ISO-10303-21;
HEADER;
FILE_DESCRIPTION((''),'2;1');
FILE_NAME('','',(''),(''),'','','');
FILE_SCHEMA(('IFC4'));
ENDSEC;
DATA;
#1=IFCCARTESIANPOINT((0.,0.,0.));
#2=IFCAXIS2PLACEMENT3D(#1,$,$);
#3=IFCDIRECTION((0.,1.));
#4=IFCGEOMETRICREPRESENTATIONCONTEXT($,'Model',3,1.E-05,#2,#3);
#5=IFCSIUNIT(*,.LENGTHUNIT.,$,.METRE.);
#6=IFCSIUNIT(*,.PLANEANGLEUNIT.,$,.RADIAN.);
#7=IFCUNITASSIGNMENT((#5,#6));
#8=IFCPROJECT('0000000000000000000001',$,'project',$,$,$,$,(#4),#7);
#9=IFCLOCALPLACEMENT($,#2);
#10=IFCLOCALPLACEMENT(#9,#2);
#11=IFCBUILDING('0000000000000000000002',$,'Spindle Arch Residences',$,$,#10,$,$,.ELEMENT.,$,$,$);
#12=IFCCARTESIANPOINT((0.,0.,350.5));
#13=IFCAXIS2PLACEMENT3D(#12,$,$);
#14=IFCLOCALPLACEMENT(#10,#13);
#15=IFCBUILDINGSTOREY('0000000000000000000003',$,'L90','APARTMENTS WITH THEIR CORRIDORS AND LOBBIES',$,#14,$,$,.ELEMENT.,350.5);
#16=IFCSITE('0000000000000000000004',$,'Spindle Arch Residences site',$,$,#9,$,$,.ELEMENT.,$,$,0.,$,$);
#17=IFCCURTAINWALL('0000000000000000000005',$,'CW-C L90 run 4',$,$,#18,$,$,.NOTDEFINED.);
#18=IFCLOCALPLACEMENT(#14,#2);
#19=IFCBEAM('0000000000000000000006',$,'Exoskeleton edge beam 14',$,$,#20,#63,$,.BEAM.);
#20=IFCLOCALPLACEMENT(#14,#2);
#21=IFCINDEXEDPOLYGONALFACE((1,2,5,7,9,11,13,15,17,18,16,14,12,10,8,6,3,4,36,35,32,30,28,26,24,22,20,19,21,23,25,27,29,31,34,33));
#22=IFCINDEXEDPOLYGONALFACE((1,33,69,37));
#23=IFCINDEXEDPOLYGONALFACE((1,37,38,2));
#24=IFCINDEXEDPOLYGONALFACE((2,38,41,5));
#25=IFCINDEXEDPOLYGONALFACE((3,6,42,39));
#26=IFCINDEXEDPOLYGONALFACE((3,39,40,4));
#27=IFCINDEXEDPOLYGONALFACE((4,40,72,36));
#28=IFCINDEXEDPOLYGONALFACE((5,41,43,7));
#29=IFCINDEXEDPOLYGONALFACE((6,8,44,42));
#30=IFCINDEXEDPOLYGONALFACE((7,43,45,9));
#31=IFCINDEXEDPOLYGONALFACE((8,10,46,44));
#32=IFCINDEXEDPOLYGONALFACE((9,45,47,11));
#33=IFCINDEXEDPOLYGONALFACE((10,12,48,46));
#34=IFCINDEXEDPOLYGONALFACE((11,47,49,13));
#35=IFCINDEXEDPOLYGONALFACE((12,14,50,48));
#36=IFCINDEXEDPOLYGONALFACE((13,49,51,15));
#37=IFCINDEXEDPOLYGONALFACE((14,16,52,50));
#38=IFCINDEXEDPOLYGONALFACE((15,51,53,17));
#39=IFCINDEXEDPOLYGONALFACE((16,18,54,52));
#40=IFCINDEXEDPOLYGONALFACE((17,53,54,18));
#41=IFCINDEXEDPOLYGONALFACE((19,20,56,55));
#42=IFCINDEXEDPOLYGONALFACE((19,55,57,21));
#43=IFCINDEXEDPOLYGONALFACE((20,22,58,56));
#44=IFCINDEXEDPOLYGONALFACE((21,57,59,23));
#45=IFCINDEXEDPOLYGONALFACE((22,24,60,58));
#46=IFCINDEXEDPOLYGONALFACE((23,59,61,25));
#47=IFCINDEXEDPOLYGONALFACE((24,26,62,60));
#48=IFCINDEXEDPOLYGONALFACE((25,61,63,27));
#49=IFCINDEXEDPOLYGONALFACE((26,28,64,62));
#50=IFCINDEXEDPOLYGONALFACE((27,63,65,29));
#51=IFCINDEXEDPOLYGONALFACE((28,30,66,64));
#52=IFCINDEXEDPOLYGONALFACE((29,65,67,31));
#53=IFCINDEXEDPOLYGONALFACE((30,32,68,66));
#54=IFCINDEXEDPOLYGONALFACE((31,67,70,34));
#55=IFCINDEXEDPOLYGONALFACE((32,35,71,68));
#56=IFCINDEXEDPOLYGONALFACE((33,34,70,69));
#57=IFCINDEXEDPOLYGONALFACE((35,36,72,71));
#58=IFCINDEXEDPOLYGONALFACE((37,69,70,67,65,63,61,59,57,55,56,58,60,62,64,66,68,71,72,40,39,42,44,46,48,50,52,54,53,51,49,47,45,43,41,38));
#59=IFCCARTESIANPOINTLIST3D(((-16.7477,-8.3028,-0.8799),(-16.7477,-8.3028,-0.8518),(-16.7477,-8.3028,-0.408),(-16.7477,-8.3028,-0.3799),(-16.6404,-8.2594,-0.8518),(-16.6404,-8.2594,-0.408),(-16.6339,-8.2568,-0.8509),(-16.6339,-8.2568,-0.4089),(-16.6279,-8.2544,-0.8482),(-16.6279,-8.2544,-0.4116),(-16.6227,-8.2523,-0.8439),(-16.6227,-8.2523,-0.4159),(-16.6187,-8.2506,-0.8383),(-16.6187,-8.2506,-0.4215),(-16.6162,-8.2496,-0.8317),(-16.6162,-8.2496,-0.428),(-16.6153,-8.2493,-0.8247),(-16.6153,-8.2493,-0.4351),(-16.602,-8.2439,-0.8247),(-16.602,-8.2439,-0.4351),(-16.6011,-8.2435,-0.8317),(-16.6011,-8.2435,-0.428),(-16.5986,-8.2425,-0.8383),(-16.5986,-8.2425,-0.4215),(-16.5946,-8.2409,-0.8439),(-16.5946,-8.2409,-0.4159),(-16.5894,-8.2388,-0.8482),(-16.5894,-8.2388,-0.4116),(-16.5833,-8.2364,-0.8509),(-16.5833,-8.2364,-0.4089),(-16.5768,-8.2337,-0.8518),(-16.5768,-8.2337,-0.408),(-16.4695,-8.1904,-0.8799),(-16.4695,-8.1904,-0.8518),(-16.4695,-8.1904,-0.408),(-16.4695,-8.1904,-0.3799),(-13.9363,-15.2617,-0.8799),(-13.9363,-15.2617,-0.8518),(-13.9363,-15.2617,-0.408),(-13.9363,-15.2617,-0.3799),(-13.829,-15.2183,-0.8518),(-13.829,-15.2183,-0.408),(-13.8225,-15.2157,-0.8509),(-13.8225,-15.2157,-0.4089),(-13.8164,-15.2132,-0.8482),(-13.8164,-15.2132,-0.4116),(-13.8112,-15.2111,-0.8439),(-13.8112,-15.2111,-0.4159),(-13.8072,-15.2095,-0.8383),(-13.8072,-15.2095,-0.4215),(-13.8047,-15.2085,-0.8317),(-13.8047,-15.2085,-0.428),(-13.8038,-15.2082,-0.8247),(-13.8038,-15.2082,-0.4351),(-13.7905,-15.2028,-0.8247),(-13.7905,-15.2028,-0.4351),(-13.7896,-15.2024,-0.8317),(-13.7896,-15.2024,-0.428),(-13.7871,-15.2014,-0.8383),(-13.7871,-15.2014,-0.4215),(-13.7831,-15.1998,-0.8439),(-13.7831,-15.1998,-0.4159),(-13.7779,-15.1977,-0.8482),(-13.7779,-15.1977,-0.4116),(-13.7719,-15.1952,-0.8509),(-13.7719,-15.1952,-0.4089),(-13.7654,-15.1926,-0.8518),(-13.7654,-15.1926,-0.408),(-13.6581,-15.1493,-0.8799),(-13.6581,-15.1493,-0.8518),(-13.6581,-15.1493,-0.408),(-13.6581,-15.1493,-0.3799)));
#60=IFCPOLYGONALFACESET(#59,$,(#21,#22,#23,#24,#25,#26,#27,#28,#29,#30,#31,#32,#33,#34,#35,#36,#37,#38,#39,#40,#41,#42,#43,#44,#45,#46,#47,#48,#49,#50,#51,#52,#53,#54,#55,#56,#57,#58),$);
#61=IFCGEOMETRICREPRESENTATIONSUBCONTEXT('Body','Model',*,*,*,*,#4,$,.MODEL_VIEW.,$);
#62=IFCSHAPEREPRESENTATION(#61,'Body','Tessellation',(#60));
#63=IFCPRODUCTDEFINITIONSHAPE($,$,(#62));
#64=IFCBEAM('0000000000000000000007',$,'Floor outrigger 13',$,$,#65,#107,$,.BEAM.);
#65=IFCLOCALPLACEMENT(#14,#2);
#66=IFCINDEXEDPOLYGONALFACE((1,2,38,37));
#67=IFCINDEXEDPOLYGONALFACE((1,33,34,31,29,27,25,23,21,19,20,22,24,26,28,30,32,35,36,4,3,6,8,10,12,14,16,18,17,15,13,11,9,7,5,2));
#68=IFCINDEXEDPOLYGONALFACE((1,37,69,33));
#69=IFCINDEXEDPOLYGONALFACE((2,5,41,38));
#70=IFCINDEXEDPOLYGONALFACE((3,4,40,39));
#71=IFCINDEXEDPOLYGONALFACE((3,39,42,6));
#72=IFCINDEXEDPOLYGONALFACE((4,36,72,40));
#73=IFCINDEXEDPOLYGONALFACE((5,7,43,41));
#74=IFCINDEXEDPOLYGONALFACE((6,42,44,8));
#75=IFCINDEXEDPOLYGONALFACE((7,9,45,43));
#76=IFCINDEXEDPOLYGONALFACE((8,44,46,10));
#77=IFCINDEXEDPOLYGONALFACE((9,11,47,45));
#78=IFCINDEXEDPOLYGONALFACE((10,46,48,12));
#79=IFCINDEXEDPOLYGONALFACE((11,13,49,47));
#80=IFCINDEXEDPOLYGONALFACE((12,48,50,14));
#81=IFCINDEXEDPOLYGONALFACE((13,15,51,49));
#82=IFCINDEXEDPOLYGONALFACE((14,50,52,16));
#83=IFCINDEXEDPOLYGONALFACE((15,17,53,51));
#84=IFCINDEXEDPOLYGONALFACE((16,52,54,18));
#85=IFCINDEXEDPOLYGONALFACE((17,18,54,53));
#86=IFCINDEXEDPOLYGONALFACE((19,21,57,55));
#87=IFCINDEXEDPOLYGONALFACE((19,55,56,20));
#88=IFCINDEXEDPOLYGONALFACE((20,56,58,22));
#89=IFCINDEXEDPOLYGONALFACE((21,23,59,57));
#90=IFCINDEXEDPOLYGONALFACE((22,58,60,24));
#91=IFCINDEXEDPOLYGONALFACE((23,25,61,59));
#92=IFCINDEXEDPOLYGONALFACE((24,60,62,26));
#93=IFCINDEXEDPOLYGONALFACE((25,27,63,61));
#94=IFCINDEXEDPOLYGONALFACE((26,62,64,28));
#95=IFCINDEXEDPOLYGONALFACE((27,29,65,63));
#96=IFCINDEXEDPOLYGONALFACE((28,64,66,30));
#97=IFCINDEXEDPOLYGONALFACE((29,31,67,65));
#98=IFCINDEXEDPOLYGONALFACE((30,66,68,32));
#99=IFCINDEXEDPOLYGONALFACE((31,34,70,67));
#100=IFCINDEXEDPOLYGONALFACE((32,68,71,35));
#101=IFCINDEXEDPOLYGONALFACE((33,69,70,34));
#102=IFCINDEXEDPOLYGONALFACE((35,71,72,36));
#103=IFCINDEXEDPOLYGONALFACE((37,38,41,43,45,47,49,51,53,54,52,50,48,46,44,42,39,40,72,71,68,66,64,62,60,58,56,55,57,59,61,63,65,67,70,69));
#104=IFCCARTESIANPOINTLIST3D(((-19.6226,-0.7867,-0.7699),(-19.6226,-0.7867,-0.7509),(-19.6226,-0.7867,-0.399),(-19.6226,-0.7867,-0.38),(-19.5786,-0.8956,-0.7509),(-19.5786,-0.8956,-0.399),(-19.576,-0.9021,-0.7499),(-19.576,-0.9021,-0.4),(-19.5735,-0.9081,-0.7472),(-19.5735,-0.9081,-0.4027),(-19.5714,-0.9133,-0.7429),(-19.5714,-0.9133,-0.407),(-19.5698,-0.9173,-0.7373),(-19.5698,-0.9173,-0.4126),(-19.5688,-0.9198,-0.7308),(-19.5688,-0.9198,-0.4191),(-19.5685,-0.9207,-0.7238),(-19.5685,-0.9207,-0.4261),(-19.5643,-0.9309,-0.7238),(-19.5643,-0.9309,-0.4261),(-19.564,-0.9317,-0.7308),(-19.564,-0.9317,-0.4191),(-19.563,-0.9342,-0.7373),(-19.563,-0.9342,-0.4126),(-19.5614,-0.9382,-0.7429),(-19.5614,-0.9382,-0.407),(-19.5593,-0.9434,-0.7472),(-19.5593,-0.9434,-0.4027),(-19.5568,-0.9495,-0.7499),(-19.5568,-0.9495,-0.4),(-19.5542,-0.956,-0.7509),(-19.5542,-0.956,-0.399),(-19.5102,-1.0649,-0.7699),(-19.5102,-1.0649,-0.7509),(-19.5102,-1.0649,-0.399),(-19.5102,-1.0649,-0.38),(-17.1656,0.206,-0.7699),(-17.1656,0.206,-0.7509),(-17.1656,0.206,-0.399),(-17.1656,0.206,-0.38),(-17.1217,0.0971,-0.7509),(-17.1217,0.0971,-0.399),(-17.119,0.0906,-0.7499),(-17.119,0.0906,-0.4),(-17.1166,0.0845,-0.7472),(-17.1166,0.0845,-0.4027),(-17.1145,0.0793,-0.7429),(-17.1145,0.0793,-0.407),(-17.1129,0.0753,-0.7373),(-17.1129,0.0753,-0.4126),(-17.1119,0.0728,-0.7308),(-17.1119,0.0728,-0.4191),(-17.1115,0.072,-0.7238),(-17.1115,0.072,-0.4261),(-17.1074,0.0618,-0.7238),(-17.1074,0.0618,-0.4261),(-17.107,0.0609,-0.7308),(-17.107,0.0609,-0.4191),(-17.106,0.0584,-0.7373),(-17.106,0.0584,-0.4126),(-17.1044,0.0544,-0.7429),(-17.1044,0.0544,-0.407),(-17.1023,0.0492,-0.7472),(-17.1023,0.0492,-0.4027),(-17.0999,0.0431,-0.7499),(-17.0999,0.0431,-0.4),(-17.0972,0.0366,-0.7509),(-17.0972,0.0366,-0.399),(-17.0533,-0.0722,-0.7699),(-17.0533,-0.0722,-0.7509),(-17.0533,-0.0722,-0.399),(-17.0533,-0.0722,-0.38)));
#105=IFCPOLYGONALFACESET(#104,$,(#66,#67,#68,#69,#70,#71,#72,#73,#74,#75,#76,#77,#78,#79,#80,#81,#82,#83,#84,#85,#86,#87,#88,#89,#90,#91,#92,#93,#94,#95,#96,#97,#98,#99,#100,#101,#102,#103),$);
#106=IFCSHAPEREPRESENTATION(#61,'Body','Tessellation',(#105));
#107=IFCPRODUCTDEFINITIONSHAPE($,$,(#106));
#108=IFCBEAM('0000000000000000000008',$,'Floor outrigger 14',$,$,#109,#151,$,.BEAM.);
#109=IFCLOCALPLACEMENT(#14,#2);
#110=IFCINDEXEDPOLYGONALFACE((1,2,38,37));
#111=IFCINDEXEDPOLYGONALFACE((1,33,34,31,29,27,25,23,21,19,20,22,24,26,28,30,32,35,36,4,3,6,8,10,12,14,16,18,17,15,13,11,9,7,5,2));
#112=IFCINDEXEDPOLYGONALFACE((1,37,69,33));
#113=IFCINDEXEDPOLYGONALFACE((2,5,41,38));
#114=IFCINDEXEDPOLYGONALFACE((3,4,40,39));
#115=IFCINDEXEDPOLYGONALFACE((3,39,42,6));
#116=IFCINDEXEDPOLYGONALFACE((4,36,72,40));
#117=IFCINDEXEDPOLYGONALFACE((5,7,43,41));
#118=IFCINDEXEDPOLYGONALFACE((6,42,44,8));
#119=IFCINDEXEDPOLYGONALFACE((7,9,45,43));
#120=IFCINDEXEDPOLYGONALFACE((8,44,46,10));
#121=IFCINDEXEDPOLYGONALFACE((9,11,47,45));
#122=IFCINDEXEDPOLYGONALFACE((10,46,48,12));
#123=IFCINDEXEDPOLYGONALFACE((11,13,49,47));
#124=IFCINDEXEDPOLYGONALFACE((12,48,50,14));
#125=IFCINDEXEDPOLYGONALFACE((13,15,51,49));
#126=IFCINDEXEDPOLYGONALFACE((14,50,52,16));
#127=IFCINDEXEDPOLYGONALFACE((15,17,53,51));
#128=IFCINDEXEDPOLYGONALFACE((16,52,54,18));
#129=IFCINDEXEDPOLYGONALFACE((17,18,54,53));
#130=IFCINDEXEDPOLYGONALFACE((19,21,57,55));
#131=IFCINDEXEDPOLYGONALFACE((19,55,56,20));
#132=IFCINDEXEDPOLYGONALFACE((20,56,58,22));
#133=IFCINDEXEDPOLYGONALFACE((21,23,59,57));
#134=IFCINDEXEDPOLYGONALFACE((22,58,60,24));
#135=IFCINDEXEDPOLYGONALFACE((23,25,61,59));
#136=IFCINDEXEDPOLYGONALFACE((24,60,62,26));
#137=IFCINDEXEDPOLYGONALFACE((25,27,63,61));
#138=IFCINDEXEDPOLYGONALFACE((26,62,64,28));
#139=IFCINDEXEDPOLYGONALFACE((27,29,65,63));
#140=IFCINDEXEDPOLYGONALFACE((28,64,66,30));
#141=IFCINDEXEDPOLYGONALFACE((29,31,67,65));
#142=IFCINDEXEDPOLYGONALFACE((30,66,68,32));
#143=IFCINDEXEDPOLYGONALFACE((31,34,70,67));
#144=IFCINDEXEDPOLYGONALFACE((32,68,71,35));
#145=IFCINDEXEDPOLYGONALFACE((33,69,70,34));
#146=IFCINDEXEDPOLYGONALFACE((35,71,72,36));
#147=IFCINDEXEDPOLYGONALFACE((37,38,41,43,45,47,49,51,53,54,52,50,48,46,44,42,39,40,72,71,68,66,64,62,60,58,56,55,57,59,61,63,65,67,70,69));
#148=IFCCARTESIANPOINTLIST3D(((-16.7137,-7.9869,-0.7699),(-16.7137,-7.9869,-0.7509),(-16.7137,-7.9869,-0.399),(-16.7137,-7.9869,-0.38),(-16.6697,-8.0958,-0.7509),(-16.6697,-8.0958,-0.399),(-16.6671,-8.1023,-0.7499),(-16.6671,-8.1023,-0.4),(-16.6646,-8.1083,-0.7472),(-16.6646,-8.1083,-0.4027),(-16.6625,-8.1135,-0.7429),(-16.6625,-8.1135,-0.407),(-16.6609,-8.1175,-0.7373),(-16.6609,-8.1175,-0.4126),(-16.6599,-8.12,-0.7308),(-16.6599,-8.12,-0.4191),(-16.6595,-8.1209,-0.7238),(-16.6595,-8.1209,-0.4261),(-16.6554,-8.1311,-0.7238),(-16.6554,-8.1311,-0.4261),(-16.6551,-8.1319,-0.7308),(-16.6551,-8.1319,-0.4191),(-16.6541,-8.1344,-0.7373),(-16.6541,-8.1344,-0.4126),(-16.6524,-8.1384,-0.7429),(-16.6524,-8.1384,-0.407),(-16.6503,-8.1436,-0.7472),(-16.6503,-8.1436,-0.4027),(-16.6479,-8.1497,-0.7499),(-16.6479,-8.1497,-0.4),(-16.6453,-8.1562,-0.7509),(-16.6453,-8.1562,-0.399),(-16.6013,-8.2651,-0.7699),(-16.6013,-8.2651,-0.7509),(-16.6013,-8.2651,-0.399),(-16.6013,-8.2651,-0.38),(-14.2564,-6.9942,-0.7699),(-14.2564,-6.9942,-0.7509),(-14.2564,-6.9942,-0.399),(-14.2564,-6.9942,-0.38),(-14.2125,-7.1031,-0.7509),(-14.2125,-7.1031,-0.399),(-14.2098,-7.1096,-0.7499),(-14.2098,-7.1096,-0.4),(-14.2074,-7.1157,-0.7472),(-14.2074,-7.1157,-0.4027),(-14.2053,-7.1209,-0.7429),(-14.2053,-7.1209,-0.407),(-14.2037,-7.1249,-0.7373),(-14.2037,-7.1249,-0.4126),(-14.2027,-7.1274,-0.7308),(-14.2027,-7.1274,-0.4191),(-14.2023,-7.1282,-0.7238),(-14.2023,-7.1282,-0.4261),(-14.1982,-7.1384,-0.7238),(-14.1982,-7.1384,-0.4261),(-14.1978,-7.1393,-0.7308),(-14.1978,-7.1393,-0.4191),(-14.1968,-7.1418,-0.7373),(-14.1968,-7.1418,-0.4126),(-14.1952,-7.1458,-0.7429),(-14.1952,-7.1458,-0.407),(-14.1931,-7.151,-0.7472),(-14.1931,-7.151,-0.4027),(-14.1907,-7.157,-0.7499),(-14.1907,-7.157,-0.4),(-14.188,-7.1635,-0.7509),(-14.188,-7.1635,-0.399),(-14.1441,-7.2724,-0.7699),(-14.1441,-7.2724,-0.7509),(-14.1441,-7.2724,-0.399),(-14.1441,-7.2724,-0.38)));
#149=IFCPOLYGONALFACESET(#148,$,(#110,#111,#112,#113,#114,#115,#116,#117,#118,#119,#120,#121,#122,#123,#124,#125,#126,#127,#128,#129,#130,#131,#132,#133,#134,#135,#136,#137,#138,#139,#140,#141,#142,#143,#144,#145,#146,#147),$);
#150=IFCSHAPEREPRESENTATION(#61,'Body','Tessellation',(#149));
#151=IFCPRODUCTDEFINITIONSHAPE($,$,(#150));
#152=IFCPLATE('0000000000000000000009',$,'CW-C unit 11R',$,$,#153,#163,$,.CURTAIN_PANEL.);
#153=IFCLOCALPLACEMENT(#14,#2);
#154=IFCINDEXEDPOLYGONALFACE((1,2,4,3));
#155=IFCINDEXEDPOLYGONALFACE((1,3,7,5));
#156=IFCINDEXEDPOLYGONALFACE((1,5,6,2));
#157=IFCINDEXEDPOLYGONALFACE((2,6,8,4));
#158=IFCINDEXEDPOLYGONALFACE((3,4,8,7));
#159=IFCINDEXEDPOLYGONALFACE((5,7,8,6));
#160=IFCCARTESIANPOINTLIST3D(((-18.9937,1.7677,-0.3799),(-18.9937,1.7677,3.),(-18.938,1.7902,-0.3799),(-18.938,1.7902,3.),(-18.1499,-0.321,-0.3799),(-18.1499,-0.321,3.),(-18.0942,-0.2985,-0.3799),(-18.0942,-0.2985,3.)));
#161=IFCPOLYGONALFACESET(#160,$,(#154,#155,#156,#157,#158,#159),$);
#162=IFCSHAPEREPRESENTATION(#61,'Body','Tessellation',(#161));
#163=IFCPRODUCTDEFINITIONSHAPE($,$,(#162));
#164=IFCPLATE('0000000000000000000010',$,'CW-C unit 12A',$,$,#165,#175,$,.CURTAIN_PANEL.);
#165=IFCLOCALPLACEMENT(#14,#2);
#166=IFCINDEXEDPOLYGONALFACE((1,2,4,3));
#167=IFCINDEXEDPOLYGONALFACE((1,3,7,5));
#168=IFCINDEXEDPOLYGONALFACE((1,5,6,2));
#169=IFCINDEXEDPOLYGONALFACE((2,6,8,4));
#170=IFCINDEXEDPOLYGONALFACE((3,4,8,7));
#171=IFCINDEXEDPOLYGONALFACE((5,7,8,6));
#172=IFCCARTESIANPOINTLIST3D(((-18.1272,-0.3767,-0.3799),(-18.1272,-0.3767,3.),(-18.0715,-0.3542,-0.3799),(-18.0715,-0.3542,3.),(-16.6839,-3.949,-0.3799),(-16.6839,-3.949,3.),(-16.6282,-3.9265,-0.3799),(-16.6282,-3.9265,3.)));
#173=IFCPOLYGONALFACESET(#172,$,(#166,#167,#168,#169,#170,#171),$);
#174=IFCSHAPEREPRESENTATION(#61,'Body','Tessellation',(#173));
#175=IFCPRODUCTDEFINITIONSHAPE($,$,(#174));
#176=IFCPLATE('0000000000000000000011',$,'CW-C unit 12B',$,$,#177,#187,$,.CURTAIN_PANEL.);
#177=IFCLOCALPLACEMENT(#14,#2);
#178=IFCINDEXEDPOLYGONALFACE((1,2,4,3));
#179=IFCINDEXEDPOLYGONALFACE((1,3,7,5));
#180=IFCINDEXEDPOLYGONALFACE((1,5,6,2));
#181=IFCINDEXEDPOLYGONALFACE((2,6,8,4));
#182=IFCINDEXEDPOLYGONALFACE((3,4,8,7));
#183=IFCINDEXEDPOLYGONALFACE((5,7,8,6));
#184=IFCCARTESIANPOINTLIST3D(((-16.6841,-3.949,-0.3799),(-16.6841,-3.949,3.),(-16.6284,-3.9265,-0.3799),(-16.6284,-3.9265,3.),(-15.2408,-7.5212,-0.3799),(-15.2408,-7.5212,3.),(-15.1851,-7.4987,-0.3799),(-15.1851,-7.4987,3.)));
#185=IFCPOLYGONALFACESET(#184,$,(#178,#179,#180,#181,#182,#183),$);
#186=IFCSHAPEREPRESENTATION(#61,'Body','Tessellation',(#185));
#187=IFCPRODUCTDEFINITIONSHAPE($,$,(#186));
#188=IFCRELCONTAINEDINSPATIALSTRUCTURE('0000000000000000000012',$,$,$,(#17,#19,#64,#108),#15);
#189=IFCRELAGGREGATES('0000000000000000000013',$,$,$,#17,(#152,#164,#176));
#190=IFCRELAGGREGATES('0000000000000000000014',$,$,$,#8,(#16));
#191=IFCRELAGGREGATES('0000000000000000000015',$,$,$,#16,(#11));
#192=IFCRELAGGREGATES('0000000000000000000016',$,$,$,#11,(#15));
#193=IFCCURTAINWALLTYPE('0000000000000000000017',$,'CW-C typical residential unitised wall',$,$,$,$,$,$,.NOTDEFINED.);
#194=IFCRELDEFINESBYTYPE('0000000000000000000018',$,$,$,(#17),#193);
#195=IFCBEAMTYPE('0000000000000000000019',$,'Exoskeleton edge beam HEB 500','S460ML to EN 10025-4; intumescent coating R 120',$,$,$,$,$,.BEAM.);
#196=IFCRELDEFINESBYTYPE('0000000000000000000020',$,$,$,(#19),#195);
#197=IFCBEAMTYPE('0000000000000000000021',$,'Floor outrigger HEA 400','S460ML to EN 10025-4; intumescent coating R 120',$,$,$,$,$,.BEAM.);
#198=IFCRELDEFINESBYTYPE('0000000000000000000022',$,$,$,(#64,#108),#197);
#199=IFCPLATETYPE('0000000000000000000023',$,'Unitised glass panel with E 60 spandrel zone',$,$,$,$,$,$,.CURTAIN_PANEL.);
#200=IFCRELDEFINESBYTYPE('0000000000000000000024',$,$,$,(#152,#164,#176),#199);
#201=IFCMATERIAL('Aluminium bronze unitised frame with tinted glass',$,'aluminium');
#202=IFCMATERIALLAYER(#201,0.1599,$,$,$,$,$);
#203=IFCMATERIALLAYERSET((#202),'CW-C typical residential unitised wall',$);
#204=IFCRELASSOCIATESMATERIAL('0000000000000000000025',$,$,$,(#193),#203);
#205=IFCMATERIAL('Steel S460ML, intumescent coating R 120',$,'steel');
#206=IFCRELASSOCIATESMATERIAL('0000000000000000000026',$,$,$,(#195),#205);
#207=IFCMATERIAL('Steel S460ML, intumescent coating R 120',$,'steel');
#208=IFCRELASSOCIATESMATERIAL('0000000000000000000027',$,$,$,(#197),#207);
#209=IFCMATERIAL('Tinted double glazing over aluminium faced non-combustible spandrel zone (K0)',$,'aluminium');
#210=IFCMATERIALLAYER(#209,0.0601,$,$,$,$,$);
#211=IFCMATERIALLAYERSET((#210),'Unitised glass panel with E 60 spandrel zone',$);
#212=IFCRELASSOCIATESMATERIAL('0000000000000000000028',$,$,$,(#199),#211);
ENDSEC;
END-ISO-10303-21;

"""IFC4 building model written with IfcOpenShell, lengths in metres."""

from ifc_helpers import new_model, si_unit, direction, frame, origin, origin_2d, place, context, subcontext, project, spatial, rectangle, i_section, extrude, material, layer, layer_set, material_profile, profile_set, type_object, element, aggregate, save


model = new_model("IFC4")

# Units and contexts
model_context = context("Model", 3, precision=1e-05, world=origin(), true_north=direction((0.0, 1.0)))
body_context = subcontext(model_context, "Body", "Model", "MODEL_VIEW")
ifc_project = project(units=[si_unit("LENGTHUNIT", "METRE"), si_unit("PLANEANGLEUNIT", "RADIAN")], contexts=[model_context])

# Site, building, storey
site_placement = place(None, origin())
site = spatial("IfcSite", under=ifc_project, at=site_placement, Name="Spindle Arch Residences site", CompositionType="ELEMENT", RefElevation=0.0)
building_placement = place(site_placement, origin())
building = spatial("IfcBuilding", under=site, at=building_placement, Name="Spindle Arch Residences", CompositionType="ELEMENT")
storey_placement = place(building_placement, frame((0.0, 0.0, 350.5)))
storey = spatial("IfcBuildingStorey", under=building, at=storey_placement, Name="L90", Description="APARTMENTS WITH THEIR CORRIDORS AND LOBBIES", CompositionType="ELEMENT", Elevation=350.5)

# Curtain wall
ifc_material_1 = material(Name="Aluminium bronze unitised frame with tinted glass", Category="aluminium")
ifc_layer_1 = layer(ifc_material_1, 0.1599)
ifc_layer_set_1 = layer_set([ifc_layer_1], Name="CW-C typical residential unitised wall")
curtain_wall_type = type_object("IfcCurtainWallType", Name="CW-C typical residential unitised wall", PredefinedType="NOTDEFINED", material=ifc_layer_set_1)
curtain_wall_placement = place(storey_placement, origin())
curtain_wall = element("IfcCurtainWall", 1, at=curtain_wall_placement, inside=storey, type_object=curtain_wall_type, Name="CW-C L90 run 4", PredefinedType="NOTDEFINED")

# Beams
ifc_material_2 = material(Name="Steel S460ML, intumescent coating R 120", Category="steel")
ifc_material_profile_1 = material_profile(ifc_material_2, i_section(OverallWidth=0.3, OverallDepth=0.5, WebThickness=0.0144, FlangeThickness=0.0281, FilletRadius=0.0271, at=origin_2d()), Name="HEB 500")
ifc_profile_set_1 = profile_set([ifc_material_profile_1], Name="Steel S460ML, intumescent coating R 120")
beam_type_1 = type_object("IfcBeamType", Name="Exoskeleton edge beam HEB 500", Description="S460ML to EN 10025-4; intumescent coating R 120", PredefinedType="BEAM", material=ifc_profile_set_1)
for number, where, z_axis, x_axis, name in (
    (2, (-16.6086, -8.2466, -0.6299), (0.374596, -0.927188, 0.0), (0.927188, 0.374596, 0.0), "Exoskeleton edge beam 14"),
):
    element("IfcBeam", number, at=place(storey_placement, frame(where, z_axis=z_axis, x_axis=x_axis)), inside=storey, type_object=beam_type_1, Name=name, PredefinedType="BEAM", context=body_context, shape_type="SweptSolid", body=[
        extrude(i_section(OverallWidth=0.3, OverallDepth=0.5, WebThickness=0.0144, FlangeThickness=0.0281, FilletRadius=0.0271, at=origin_2d()), origin(), (0.0, 0.0, 1.0), 7.5054),
    ])
ifc_material_3 = material(Name="Steel S460ML, intumescent coating R 120", Category="steel")
ifc_material_profile_2 = material_profile(ifc_material_3, i_section(OverallWidth=0.3, OverallDepth=0.3899, WebThickness=0.011, FlangeThickness=0.019, FilletRadius=0.0271, at=origin_2d()), Name="HEA 400")
ifc_profile_set_2 = profile_set([ifc_material_profile_2], Name="Steel S460ML, intumescent coating R 120")
beam_type_2 = type_object("IfcBeamType", Name="Floor outrigger HEA 400", Description="S460ML to EN 10025-4; intumescent coating R 120", PredefinedType="BEAM", material=ifc_profile_set_2)
beam_1_placement = place(storey_placement, frame((-19.5664, -0.9258, -0.575), z_axis=(0.927188, 0.374597, 0.0), x_axis=(-0.374597, 0.927188, 0.0)))
element("IfcBeam", 3, at=beam_1_placement, inside=storey, type_object=beam_type_2, Name="Floor outrigger 13", PredefinedType="BEAM", context=body_context, shape_type="SweptSolid", body=[
    extrude(i_section(OverallWidth=0.3, OverallDepth=0.3899, WebThickness=0.011, FlangeThickness=0.019, FilletRadius=0.0271, at=origin_2d()), origin(), (0.0, 0.0, 1.0), 2.6499),
])
beam_2_placement = place(storey_placement, frame((-16.6575, -8.126, -0.575), z_axis=(0.927201, 0.374565, 0.0), x_axis=(-0.374565, 0.927201, 0.0)))
element("IfcBeam", 4, at=beam_2_placement, inside=storey, type_object=beam_type_2, Name="Floor outrigger 14", PredefinedType="BEAM", context=body_context, shape_type="SweptSolid", body=[
    extrude(i_section(OverallWidth=0.3, OverallDepth=0.3899, WebThickness=0.011, FlangeThickness=0.019, FilletRadius=0.0271, at=origin_2d()), origin(), (0.0, 0.0, 1.0), 2.6501),
])

# Plates
ifc_material_4 = material(Name="Tinted double glazing over aluminium faced non-combustible spandrel zone (K0)", Category="aluminium")
ifc_layer_2 = layer(ifc_material_4, 0.0601)
ifc_layer_set_2 = layer_set([ifc_layer_2], Name="Unitised glass panel with E 60 spandrel zone")
plate_type = type_object("IfcPlateType", Name="Unitised glass panel with E 60 spandrel zone", PredefinedType="CURTAIN_PANEL", material=ifc_layer_set_2)
plate_1_placement = place(storey_placement, frame((-18.5439, 0.7346, -0.3799), z_axis=(0.0, 0.0, 1.0), x_axis=(0.374607, -0.927184, 0.0)))
plate_1 = element("IfcPlate", 5, at=plate_1_placement, type_object=plate_type, Name="CW-C unit 11R", PredefinedType="CURTAIN_PANEL", context=body_context, shape_type="SweptSolid", body=[
    extrude(rectangle(XDim=2.2527, YDim=0.0601, at=origin_2d()), origin(), (0.0, 0.0, 1.0), 3.3799),
])
plate_2_placement = place(storey_placement, frame((-17.3777, -2.1516, -0.3799), z_axis=(0.0, 0.0, 1.0), x_axis=(0.374607, -0.927184, 0.0)))
plate_2 = element("IfcPlate", 6, at=plate_2_placement, type_object=plate_type, Name="CW-C unit 12A", PredefinedType="CURTAIN_PANEL", context=body_context, shape_type="SweptSolid", body=[
    extrude(rectangle(XDim=3.8528, YDim=0.0601, at=origin_2d()), origin(), (0.0, 0.0, 1.0), 3.3799),
])
plate_3_placement = place(storey_placement, frame((-15.9346, -5.7239, -0.3799), z_axis=(0.0, 0.0, 1.0), x_axis=(0.374607, -0.927184, 0.0)))
plate_3 = element("IfcPlate", 7, at=plate_3_placement, type_object=plate_type, Name="CW-C unit 12B", PredefinedType="CURTAIN_PANEL", context=body_context, shape_type="SweptSolid", body=[
    extrude(rectangle(XDim=3.8528, YDim=0.0601, at=origin_2d()), origin(), (0.0, 0.0, 1.0), 3.3799),
])
aggregate(curtain_wall, [plate_1, plate_2, plate_3])

save(model, "model.ifc")
